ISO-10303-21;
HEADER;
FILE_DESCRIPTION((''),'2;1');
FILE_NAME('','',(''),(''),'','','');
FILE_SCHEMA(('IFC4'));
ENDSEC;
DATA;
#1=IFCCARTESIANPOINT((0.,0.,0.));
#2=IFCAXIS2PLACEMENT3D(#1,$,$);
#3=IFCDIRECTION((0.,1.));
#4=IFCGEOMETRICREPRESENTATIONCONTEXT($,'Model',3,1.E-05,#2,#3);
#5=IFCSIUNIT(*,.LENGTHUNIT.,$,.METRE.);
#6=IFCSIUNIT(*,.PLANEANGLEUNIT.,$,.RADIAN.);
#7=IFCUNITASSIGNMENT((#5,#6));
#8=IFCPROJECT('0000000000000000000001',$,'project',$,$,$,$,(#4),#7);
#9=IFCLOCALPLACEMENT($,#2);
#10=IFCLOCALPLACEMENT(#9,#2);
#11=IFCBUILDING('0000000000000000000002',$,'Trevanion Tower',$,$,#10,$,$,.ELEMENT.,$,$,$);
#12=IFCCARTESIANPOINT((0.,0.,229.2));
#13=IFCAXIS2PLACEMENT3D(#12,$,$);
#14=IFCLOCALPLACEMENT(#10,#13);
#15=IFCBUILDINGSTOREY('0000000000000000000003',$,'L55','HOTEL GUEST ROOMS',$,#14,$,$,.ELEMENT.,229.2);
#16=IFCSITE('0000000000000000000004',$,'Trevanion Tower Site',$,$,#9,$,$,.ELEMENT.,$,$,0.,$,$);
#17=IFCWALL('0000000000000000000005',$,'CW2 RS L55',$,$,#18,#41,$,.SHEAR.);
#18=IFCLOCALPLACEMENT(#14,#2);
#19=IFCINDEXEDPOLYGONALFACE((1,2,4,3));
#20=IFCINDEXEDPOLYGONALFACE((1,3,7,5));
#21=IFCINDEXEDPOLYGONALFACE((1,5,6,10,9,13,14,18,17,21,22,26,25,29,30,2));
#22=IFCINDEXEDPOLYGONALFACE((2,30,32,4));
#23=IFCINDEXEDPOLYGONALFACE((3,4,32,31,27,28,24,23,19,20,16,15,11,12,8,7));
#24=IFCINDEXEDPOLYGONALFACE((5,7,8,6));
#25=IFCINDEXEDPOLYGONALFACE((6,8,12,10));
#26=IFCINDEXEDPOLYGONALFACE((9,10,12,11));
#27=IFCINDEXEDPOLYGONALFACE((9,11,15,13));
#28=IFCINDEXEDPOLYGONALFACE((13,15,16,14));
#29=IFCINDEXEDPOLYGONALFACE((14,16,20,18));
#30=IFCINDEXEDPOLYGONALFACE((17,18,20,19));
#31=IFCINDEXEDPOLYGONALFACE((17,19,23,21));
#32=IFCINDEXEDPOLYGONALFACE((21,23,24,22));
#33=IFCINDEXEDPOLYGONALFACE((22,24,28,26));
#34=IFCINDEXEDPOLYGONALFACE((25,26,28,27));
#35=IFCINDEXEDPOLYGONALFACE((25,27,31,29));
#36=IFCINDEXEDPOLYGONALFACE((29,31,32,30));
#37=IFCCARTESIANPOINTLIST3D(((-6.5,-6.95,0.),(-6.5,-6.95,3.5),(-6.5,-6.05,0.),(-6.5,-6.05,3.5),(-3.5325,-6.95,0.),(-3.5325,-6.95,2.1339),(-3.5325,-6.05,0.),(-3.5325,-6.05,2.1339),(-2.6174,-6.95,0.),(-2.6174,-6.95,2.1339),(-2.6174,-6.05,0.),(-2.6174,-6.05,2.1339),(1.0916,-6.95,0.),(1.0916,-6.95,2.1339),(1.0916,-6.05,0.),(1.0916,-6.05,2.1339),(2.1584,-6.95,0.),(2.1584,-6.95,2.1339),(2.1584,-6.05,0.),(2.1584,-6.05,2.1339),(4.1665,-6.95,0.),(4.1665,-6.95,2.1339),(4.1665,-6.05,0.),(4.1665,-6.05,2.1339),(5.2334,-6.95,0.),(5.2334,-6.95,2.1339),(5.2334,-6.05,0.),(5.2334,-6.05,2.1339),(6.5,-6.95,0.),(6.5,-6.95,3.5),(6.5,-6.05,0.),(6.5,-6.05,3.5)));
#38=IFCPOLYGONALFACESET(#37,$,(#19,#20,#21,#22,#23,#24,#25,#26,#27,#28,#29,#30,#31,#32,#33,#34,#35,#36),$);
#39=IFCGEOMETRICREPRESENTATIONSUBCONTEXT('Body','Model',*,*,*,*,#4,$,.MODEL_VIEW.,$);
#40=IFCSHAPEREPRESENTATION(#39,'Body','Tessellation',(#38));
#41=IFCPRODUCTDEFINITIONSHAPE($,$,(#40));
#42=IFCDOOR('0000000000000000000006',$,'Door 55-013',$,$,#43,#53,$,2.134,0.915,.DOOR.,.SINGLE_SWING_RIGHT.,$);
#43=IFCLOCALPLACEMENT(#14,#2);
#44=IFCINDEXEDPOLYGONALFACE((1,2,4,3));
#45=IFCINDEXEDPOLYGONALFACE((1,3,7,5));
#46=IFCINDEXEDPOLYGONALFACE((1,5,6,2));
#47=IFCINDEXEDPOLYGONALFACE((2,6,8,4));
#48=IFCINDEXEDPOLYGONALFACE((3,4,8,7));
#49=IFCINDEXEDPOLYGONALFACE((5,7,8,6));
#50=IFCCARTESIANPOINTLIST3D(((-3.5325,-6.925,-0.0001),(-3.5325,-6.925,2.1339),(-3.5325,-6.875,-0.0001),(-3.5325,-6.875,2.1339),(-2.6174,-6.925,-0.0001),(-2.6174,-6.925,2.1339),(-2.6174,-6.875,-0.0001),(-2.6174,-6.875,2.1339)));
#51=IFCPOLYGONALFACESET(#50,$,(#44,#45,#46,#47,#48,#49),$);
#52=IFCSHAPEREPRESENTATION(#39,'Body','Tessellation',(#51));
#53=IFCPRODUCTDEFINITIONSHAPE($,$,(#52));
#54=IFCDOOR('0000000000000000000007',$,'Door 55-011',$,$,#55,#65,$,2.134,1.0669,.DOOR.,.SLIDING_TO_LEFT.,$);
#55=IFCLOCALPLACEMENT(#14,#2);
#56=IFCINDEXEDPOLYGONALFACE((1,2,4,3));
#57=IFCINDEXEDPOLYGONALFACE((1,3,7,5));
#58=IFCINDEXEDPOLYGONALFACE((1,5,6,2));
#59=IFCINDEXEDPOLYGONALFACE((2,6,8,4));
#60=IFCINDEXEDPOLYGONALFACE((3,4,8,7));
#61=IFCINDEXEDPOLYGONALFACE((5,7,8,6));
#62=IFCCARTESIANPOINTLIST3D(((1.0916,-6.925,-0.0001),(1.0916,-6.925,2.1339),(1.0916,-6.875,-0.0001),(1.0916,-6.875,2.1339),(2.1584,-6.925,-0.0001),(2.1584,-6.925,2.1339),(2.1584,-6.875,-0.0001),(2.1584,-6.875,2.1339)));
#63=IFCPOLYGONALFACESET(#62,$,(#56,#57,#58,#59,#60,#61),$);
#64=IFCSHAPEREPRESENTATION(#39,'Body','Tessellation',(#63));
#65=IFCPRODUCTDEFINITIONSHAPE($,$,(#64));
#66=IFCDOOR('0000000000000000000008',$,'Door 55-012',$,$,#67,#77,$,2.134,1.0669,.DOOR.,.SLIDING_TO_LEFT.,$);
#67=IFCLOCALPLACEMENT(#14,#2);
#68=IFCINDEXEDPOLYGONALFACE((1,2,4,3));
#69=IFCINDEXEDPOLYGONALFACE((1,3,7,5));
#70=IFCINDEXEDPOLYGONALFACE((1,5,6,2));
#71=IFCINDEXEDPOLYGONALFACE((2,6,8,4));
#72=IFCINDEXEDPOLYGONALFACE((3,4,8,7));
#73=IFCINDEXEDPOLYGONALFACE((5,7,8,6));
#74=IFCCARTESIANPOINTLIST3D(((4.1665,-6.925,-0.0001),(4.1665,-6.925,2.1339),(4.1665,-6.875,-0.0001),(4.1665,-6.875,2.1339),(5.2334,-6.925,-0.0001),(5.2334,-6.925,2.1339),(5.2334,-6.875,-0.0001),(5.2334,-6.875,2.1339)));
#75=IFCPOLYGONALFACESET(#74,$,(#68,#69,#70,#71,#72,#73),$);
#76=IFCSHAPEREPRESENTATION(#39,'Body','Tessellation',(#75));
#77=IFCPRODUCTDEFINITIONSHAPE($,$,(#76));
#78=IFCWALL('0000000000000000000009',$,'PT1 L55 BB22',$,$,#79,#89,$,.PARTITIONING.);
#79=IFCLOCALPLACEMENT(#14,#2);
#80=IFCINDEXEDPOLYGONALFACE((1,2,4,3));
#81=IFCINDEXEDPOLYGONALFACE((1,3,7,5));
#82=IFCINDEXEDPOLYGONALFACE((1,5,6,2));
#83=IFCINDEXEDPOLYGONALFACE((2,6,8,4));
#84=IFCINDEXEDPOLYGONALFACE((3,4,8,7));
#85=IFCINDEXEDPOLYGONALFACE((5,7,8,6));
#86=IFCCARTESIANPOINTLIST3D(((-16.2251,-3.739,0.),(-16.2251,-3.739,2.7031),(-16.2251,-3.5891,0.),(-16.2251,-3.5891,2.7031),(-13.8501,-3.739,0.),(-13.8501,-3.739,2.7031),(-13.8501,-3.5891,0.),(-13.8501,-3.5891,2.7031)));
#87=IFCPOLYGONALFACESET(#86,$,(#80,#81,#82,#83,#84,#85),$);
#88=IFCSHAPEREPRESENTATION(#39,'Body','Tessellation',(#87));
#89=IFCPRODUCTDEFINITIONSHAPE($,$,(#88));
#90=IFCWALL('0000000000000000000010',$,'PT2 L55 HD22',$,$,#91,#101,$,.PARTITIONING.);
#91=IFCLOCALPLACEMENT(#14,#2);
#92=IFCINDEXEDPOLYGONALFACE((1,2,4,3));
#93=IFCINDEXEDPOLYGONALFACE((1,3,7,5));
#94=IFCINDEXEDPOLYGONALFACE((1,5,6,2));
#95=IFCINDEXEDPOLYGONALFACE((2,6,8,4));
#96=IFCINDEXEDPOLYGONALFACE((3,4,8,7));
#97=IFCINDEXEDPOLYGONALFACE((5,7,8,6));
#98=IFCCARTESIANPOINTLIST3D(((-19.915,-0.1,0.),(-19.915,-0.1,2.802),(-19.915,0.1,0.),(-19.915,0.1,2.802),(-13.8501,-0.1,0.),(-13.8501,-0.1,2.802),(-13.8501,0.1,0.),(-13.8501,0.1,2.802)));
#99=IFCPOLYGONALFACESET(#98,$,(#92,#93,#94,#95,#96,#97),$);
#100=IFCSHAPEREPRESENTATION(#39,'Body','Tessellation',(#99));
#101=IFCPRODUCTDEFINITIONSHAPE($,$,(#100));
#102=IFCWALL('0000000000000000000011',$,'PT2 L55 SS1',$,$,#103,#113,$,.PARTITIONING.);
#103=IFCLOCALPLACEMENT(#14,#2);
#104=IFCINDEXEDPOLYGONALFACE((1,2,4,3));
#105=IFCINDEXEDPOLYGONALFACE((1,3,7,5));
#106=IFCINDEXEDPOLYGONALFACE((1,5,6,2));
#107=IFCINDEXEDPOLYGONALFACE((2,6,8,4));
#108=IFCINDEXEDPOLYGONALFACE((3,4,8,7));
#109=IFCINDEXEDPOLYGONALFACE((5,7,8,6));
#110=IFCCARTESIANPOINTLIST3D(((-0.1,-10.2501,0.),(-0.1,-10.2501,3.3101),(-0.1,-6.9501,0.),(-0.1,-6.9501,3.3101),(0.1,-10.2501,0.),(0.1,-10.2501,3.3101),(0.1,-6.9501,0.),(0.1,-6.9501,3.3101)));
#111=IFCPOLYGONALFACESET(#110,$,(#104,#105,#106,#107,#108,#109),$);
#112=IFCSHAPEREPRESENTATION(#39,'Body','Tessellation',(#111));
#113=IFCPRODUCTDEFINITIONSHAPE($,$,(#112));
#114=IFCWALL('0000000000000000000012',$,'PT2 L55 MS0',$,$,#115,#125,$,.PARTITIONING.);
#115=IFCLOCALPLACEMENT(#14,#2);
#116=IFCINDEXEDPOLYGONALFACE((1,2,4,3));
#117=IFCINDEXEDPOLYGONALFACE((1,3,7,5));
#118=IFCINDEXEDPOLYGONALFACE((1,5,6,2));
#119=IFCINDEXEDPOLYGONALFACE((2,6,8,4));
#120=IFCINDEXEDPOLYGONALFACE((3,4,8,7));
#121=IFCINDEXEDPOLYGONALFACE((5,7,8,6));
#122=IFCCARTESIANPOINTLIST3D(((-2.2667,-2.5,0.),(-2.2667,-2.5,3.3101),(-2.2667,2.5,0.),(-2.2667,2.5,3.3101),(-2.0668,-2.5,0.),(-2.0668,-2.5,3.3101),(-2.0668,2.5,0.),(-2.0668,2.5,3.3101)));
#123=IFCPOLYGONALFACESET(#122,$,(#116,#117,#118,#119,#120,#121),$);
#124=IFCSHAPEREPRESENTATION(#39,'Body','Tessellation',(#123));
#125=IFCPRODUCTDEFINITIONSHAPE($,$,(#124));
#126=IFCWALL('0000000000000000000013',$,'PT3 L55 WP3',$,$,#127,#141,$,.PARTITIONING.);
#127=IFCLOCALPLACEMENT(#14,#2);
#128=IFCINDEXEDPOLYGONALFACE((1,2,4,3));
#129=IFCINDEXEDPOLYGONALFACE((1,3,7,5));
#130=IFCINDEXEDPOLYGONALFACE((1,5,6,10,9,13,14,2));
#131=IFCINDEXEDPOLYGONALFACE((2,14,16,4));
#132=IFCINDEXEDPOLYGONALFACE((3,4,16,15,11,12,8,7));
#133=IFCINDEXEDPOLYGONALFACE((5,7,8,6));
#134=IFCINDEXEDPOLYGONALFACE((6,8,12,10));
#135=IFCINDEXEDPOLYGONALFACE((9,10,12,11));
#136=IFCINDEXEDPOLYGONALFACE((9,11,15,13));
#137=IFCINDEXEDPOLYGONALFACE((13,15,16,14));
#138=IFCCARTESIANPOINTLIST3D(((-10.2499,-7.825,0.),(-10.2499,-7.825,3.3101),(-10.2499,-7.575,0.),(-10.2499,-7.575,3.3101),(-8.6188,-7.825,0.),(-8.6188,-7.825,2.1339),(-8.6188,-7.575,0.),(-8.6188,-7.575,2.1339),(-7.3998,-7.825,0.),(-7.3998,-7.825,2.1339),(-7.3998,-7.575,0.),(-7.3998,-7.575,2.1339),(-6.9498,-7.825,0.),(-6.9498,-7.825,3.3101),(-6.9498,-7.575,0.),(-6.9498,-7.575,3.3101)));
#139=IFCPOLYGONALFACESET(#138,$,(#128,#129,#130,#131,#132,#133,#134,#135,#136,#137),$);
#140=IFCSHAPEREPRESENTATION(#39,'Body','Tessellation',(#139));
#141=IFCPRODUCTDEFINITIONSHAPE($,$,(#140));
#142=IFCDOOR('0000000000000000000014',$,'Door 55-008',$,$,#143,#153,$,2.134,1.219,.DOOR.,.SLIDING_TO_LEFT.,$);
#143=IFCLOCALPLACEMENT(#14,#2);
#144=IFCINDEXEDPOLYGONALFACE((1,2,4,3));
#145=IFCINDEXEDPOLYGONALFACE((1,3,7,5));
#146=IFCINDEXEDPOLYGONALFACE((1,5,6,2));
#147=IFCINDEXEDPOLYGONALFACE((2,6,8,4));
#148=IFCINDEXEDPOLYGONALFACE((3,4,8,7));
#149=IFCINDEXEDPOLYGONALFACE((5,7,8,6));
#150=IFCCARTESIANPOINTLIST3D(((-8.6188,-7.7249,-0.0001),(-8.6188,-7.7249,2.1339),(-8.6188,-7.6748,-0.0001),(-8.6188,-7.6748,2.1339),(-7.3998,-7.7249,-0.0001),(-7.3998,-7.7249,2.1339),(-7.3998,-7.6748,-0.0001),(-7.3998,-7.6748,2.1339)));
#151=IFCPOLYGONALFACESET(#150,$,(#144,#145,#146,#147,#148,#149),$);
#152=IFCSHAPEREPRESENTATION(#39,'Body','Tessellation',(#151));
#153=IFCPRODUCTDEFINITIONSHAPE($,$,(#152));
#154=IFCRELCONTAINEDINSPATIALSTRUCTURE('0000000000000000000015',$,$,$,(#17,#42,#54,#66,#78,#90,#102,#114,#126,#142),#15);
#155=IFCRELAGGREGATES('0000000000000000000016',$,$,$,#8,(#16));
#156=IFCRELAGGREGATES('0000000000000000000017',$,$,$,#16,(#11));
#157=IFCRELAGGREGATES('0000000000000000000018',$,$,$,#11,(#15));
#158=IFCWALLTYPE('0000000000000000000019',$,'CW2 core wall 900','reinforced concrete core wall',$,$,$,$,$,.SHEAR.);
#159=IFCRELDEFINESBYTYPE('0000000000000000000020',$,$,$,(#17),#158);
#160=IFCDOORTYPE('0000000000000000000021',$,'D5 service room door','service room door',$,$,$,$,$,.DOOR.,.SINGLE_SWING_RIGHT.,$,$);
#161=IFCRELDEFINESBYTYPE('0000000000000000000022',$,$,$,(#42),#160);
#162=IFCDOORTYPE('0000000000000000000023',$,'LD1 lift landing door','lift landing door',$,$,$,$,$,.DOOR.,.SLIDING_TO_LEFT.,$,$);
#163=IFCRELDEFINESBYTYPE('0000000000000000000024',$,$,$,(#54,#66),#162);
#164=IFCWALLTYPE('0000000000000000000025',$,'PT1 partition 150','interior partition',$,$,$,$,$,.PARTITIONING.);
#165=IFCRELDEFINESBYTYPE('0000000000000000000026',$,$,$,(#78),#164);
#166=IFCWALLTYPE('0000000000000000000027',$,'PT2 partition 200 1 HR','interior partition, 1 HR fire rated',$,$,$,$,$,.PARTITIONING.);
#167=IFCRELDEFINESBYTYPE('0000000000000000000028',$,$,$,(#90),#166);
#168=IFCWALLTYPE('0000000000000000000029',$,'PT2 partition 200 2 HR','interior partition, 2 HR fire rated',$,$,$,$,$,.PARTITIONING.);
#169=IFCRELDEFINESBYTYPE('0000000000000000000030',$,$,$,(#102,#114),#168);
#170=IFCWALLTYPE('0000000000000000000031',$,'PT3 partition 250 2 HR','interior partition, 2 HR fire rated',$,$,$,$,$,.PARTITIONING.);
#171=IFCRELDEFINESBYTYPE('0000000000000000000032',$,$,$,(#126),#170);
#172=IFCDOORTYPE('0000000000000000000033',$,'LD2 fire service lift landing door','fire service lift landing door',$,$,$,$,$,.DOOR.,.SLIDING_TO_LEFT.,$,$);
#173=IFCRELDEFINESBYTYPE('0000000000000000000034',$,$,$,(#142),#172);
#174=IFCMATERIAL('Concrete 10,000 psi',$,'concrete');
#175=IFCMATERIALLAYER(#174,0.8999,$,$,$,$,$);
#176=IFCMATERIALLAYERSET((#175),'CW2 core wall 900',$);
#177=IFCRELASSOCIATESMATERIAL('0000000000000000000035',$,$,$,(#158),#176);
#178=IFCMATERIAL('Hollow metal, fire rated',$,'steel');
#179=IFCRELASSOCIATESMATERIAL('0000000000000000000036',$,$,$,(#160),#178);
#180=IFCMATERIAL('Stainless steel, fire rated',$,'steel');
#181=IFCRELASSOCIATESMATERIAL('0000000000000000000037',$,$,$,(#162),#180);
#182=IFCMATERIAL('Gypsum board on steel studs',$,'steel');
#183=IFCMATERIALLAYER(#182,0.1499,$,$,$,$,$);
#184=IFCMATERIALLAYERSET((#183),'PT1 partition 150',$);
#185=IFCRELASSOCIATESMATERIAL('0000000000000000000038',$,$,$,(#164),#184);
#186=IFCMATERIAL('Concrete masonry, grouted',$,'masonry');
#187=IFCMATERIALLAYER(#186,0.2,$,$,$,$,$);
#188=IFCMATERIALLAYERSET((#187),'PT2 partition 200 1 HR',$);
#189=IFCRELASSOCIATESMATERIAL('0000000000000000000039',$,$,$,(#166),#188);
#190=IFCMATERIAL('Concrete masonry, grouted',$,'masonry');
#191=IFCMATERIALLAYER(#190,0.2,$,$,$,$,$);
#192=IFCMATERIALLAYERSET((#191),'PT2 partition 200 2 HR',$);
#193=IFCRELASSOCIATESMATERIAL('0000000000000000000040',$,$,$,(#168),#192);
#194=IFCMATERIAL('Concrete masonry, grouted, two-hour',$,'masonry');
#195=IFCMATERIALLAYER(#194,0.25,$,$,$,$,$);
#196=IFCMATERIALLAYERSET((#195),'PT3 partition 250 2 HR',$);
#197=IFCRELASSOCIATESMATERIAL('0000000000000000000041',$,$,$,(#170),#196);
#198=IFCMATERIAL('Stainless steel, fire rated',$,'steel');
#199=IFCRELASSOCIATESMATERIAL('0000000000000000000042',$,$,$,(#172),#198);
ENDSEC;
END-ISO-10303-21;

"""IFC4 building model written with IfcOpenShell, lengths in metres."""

from ifc_helpers import new_model, si_unit, direction, frame, frame_2d, origin, place, context, subcontext, project, spatial, rectangle, extrude, material, layer, layer_set, type_object, element, fill, save


model = new_model("IFC4")

# Units and contexts
model_context = context("Model", 3, precision=1e-05, world=origin(), true_north=direction((0.0, 1.0)))
body_context = subcontext(model_context, "Body", "Model", "MODEL_VIEW")
ifc_project = project(units=[si_unit("LENGTHUNIT", "METRE"), si_unit("PLANEANGLEUNIT", "RADIAN")], contexts=[model_context])

# Site, building, storey
site_placement = place(None, origin())
site = spatial("IfcSite", under=ifc_project, at=site_placement, Name="Trevanion Tower Site", CompositionType="ELEMENT", RefElevation=0.0)
building_placement = place(site_placement, origin())
building = spatial("IfcBuilding", under=site, at=building_placement, Name="Trevanion Tower", CompositionType="ELEMENT")
storey_placement = place(building_placement, frame((0.0, 0.0, 229.2)))
storey = spatial("IfcBuildingStorey", under=building, at=storey_placement, Name="L55", Description="HOTEL GUEST ROOMS", CompositionType="ELEMENT", Elevation=229.2)

# Shared definitions
ifc_material_1 = material(Name="Concrete 10,000 psi", Category="concrete")
ifc_layer_1 = layer(ifc_material_1, 0.8999)
ifc_layer_set_1 = layer_set([ifc_layer_1], Name="CW2 core wall 900")
wall_type_1 = type_object("IfcWallType", Name="CW2 core wall 900", Description="reinforced concrete core wall", PredefinedType="SHEAR", material=ifc_layer_set_1)

# Wall, openings, doors
wall_1_placement = place(storey_placement, frame((-6.5, -6.5, 0.0), z_axis=(0.0, 0.0, 1.0), x_axis=(1.0, 0.0, 0.0)))
wall_1 = element("IfcWall", 1, at=wall_1_placement, inside=storey, type_object=wall_type_1, Name="CW2 RS L55", PredefinedType="SHEAR", context=body_context, shape_type="SweptSolid", body=[
    extrude(rectangle(XDim=13.0, YDim=0.8999, at=frame_2d((6.5, 0.0))), origin(), (0.0, 0.0, 1.0), 3.5),
])
opening_1_placement = place(wall_1_placement, frame((7.5916, 0.0, 0.0)))
opening_1 = element("IfcOpeningElement", 2, at=opening_1_placement, cuts=wall_1, PredefinedType="OPENING", context=body_context, shape_type="SweptSolid", body=[
    extrude(rectangle(XDim=1.0669, YDim=2.134, at=frame_2d((0.5334, 1.0669))), frame((0.0, 0.46, 0.0), z_axis=(0.0, -1.0, 0.0), x_axis=(1.0, 0.0, 0.0)), (0.0, 0.0, 1.0), 0.9199),
])
opening_2_placement = place(wall_1_placement, frame((10.6665, 0.0, 0.0)))
opening_2 = element("IfcOpeningElement", 3, at=opening_2_placement, cuts=wall_1, PredefinedType="OPENING", context=body_context, shape_type="SweptSolid", body=[
    extrude(rectangle(XDim=1.0669, YDim=2.134, at=frame_2d((0.5334, 1.0669))), frame((0.0, 0.46, 0.0), z_axis=(0.0, -1.0, 0.0), x_axis=(1.0, 0.0, 0.0)), (0.0, 0.0, 1.0), 0.9199),
])
opening_3_placement = place(wall_1_placement, frame((2.9675, 0.0, 0.0)))
opening_3 = element("IfcOpeningElement", 4, at=opening_3_placement, cuts=wall_1, PredefinedType="OPENING", context=body_context, shape_type="SweptSolid", body=[
    extrude(rectangle(XDim=0.915, YDim=2.134, at=frame_2d((0.4575, 1.0669))), frame((0.0, 0.46, 0.0), z_axis=(0.0, -1.0, 0.0), x_axis=(1.0, 0.0, 0.0)), (0.0, 0.0, 1.0), 0.9199),
])
ifc_material_2 = material(Name="Hollow metal, fire rated", Category="steel")
door_type_1 = type_object("IfcDoorType", Name="D5 service room door", Description="service room door", OperationType="SINGLE_SWING_RIGHT", PredefinedType="DOOR", material=ifc_material_2)
door_1_placement = place(opening_3_placement, origin())
door_1 = element("IfcDoor", 5, at=door_1_placement, inside=storey, type_object=door_type_1, Name="Door 55-013", OperationType="SINGLE_SWING_RIGHT", OverallHeight=2.134, OverallWidth=0.915, PredefinedType="DOOR", context=body_context, shape_type="SweptSolid", body=[
    extrude(rectangle(XDim=0.915, YDim=2.134, at=frame_2d((0.4575, 1.0669))), frame((0.0, -0.375, 0.0), z_axis=(0.0, -1.0, 0.0), x_axis=(1.0, 0.0, 0.0)), (0.0, 0.0, 1.0), 0.05),
])
fill(opening_3, door_1)
ifc_material_3 = material(Name="Stainless steel, fire rated", Category="steel")
door_type_2 = type_object("IfcDoorType", Name="LD1 lift landing door", Description="lift landing door", OperationType="SLIDING_TO_LEFT", PredefinedType="DOOR", material=ifc_material_3)
door_2_placement = place(opening_1_placement, origin())
door_2 = element("IfcDoor", 6, at=door_2_placement, inside=storey, type_object=door_type_2, Name="Door 55-011", OperationType="SLIDING_TO_LEFT", OverallHeight=2.134, OverallWidth=1.0669, PredefinedType="DOOR", context=body_context, shape_type="SweptSolid", body=[
    extrude(rectangle(XDim=1.0669, YDim=2.134, at=frame_2d((0.5334, 1.0669))), frame((0.0, -0.375, 0.0), z_axis=(0.0, -1.0, 0.0), x_axis=(1.0, 0.0, 0.0)), (0.0, 0.0, 1.0), 0.05),
])
fill(opening_1, door_2)
door_3_placement = place(opening_2_placement, origin())
door_3 = element("IfcDoor", 7, at=door_3_placement, inside=storey, type_object=door_type_2, Name="Door 55-012", OperationType="SLIDING_TO_LEFT", OverallHeight=2.134, OverallWidth=1.0669, PredefinedType="DOOR", context=body_context, shape_type="SweptSolid", body=[
    extrude(rectangle(XDim=1.0669, YDim=2.134, at=frame_2d((0.5334, 1.0669))), frame((0.0, -0.375, 0.0), z_axis=(0.0, -1.0, 0.0), x_axis=(1.0, 0.0, 0.0)), (0.0, 0.0, 1.0), 0.05),
])
fill(opening_2, door_3)

# Walls
ifc_material_4 = material(Name="Gypsum board on steel studs", Category="steel")
ifc_layer_2 = layer(ifc_material_4, 0.1499)
ifc_layer_set_2 = layer_set([ifc_layer_2], Name="PT1 partition 150")
wall_type_2 = type_object("IfcWallType", Name="PT1 partition 150", Description="interior partition", PredefinedType="PARTITIONING", material=ifc_layer_set_2)
wall_2_placement = place(storey_placement, frame((-13.8501, -3.6641, 0.0), z_axis=(0.0, 0.0, 1.0), x_axis=(-1.0, 0.0, 0.0)))
element("IfcWall", 8, at=wall_2_placement, inside=storey, type_object=wall_type_2, Name="PT1 L55 BB22", PredefinedType="PARTITIONING", context=body_context, shape_type="SweptSolid", body=[
    extrude(rectangle(XDim=2.375, YDim=0.1499, at=frame_2d((1.1875, 0.0))), origin(), (0.0, 0.0, 1.0), 2.7031),
])
ifc_material_5 = material(Name="Concrete masonry, grouted", Category="masonry")
ifc_layer_3 = layer(ifc_material_5, 0.2)
ifc_layer_set_3 = layer_set([ifc_layer_3], Name="PT2 partition 200 1 HR")
wall_type_3 = type_object("IfcWallType", Name="PT2 partition 200 1 HR", Description="interior partition, 1 HR fire rated", PredefinedType="PARTITIONING", material=ifc_layer_set_3)
wall_3_placement = place(storey_placement, frame((-13.8501, 0.0, 0.0), z_axis=(0.0, 0.0, 1.0), x_axis=(-1.0, 0.0, 0.0)))
element("IfcWall", 9, at=wall_3_placement, inside=storey, type_object=wall_type_3, Name="PT2 L55 HD22", PredefinedType="PARTITIONING", context=body_context, shape_type="SweptSolid", body=[
    extrude(rectangle(XDim=6.0649, YDim=0.2, at=frame_2d((3.0325, 0.0))), origin(), (0.0, 0.0, 1.0), 2.802),
])
ifc_material_6 = material(Name="Concrete masonry, grouted", Category="masonry")
ifc_layer_4 = layer(ifc_material_6, 0.2)
ifc_layer_set_4 = layer_set([ifc_layer_4], Name="PT2 partition 200 2 HR")
wall_type_4 = type_object("IfcWallType", Name="PT2 partition 200 2 HR", Description="interior partition, 2 HR fire rated", PredefinedType="PARTITIONING", material=ifc_layer_set_4)
wall_4_placement = place(storey_placement, frame((0.0, -10.25, 0.0), z_axis=(0.0, 0.0, 1.0), x_axis=(0.0, 1.0, 0.0)))
element("IfcWall", 10, at=wall_4_placement, inside=storey, type_object=wall_type_4, Name="PT2 L55 SS1", PredefinedType="PARTITIONING", context=body_context, shape_type="SweptSolid", body=[
    extrude(rectangle(XDim=3.3, YDim=0.2, at=frame_2d((1.6499, 0.0))), origin(), (0.0, 0.0, 1.0), 3.3101),
])
wall_5_placement = place(storey_placement, frame((-2.1667, -2.5, 0.0), z_axis=(0.0, 0.0, 1.0), x_axis=(0.0, 1.0, 0.0)))
element("IfcWall", 11, at=wall_5_placement, inside=storey, type_object=wall_type_4, Name="PT2 L55 MS0", PredefinedType="PARTITIONING", context=body_context, shape_type="SweptSolid", body=[
    extrude(rectangle(XDim=5.0, YDim=0.2, at=frame_2d((2.5, 0.0))), origin(), (0.0, 0.0, 1.0), 3.3101),
])

# Wall, opening, door
ifc_material_7 = material(Name="Concrete masonry, grouted, two-hour", Category="masonry")
ifc_layer_5 = layer(ifc_material_7, 0.25)
ifc_layer_set_5 = layer_set([ifc_layer_5], Name="PT3 partition 250 2 HR")
wall_type_5 = type_object("IfcWallType", Name="PT3 partition 250 2 HR", Description="interior partition, 2 HR fire rated", PredefinedType="PARTITIONING", material=ifc_layer_set_5)
wall_6_placement = place(storey_placement, frame((-6.95, -7.7, 0.0), z_axis=(0.0, 0.0, 1.0), x_axis=(-1.0, 0.0, 0.0)))
wall_6 = element("IfcWall", 12, at=wall_6_placement, inside=storey, type_object=wall_type_5, Name="PT3 L55 WP3", PredefinedType="PARTITIONING", context=body_context, shape_type="SweptSolid", body=[
    extrude(rectangle(XDim=3.3, YDim=0.25, at=frame_2d((1.6499, 0.0))), origin(), (0.0, 0.0, 1.0), 3.3101),
])
opening_4_placement = place(wall_6_placement, frame((0.45, 0.0, 0.0)))
opening_4 = element("IfcOpeningElement", 13, at=opening_4_placement, cuts=wall_6, PredefinedType="OPENING", context=body_context, shape_type="SweptSolid", body=[
    extrude(rectangle(XDim=1.219, YDim=2.134, at=frame_2d((0.6094, 1.0669))), frame((0.0, 0.135, 0.0), z_axis=(0.0, -1.0, 0.0), x_axis=(1.0, 0.0, 0.0)), (0.0, 0.0, 1.0), 0.27),
])
ifc_material_8 = material(Name="Stainless steel, fire rated", Category="steel")
door_type_3 = type_object("IfcDoorType", Name="LD2 fire service lift landing door", Description="fire service lift landing door", OperationType="SLIDING_TO_LEFT", PredefinedType="DOOR", material=ifc_material_8)
door_4_placement = place(opening_4_placement, origin())
door_4 = element("IfcDoor", 14, at=door_4_placement, inside=storey, type_object=door_type_3, Name="Door 55-008", OperationType="SLIDING_TO_LEFT", OverallHeight=2.134, OverallWidth=1.219, PredefinedType="DOOR", context=body_context, shape_type="SweptSolid", body=[
    extrude(rectangle(XDim=1.219, YDim=2.134, at=frame_2d((0.6094, 1.0669))), frame((0.0, 0.0249, 0.0), z_axis=(0.0, -1.0, 0.0), x_axis=(1.0, 0.0, 0.0)), (0.0, 0.0, 1.0), 0.05),
])
fill(opening_4, door_4)

save(model, "model.ifc")
